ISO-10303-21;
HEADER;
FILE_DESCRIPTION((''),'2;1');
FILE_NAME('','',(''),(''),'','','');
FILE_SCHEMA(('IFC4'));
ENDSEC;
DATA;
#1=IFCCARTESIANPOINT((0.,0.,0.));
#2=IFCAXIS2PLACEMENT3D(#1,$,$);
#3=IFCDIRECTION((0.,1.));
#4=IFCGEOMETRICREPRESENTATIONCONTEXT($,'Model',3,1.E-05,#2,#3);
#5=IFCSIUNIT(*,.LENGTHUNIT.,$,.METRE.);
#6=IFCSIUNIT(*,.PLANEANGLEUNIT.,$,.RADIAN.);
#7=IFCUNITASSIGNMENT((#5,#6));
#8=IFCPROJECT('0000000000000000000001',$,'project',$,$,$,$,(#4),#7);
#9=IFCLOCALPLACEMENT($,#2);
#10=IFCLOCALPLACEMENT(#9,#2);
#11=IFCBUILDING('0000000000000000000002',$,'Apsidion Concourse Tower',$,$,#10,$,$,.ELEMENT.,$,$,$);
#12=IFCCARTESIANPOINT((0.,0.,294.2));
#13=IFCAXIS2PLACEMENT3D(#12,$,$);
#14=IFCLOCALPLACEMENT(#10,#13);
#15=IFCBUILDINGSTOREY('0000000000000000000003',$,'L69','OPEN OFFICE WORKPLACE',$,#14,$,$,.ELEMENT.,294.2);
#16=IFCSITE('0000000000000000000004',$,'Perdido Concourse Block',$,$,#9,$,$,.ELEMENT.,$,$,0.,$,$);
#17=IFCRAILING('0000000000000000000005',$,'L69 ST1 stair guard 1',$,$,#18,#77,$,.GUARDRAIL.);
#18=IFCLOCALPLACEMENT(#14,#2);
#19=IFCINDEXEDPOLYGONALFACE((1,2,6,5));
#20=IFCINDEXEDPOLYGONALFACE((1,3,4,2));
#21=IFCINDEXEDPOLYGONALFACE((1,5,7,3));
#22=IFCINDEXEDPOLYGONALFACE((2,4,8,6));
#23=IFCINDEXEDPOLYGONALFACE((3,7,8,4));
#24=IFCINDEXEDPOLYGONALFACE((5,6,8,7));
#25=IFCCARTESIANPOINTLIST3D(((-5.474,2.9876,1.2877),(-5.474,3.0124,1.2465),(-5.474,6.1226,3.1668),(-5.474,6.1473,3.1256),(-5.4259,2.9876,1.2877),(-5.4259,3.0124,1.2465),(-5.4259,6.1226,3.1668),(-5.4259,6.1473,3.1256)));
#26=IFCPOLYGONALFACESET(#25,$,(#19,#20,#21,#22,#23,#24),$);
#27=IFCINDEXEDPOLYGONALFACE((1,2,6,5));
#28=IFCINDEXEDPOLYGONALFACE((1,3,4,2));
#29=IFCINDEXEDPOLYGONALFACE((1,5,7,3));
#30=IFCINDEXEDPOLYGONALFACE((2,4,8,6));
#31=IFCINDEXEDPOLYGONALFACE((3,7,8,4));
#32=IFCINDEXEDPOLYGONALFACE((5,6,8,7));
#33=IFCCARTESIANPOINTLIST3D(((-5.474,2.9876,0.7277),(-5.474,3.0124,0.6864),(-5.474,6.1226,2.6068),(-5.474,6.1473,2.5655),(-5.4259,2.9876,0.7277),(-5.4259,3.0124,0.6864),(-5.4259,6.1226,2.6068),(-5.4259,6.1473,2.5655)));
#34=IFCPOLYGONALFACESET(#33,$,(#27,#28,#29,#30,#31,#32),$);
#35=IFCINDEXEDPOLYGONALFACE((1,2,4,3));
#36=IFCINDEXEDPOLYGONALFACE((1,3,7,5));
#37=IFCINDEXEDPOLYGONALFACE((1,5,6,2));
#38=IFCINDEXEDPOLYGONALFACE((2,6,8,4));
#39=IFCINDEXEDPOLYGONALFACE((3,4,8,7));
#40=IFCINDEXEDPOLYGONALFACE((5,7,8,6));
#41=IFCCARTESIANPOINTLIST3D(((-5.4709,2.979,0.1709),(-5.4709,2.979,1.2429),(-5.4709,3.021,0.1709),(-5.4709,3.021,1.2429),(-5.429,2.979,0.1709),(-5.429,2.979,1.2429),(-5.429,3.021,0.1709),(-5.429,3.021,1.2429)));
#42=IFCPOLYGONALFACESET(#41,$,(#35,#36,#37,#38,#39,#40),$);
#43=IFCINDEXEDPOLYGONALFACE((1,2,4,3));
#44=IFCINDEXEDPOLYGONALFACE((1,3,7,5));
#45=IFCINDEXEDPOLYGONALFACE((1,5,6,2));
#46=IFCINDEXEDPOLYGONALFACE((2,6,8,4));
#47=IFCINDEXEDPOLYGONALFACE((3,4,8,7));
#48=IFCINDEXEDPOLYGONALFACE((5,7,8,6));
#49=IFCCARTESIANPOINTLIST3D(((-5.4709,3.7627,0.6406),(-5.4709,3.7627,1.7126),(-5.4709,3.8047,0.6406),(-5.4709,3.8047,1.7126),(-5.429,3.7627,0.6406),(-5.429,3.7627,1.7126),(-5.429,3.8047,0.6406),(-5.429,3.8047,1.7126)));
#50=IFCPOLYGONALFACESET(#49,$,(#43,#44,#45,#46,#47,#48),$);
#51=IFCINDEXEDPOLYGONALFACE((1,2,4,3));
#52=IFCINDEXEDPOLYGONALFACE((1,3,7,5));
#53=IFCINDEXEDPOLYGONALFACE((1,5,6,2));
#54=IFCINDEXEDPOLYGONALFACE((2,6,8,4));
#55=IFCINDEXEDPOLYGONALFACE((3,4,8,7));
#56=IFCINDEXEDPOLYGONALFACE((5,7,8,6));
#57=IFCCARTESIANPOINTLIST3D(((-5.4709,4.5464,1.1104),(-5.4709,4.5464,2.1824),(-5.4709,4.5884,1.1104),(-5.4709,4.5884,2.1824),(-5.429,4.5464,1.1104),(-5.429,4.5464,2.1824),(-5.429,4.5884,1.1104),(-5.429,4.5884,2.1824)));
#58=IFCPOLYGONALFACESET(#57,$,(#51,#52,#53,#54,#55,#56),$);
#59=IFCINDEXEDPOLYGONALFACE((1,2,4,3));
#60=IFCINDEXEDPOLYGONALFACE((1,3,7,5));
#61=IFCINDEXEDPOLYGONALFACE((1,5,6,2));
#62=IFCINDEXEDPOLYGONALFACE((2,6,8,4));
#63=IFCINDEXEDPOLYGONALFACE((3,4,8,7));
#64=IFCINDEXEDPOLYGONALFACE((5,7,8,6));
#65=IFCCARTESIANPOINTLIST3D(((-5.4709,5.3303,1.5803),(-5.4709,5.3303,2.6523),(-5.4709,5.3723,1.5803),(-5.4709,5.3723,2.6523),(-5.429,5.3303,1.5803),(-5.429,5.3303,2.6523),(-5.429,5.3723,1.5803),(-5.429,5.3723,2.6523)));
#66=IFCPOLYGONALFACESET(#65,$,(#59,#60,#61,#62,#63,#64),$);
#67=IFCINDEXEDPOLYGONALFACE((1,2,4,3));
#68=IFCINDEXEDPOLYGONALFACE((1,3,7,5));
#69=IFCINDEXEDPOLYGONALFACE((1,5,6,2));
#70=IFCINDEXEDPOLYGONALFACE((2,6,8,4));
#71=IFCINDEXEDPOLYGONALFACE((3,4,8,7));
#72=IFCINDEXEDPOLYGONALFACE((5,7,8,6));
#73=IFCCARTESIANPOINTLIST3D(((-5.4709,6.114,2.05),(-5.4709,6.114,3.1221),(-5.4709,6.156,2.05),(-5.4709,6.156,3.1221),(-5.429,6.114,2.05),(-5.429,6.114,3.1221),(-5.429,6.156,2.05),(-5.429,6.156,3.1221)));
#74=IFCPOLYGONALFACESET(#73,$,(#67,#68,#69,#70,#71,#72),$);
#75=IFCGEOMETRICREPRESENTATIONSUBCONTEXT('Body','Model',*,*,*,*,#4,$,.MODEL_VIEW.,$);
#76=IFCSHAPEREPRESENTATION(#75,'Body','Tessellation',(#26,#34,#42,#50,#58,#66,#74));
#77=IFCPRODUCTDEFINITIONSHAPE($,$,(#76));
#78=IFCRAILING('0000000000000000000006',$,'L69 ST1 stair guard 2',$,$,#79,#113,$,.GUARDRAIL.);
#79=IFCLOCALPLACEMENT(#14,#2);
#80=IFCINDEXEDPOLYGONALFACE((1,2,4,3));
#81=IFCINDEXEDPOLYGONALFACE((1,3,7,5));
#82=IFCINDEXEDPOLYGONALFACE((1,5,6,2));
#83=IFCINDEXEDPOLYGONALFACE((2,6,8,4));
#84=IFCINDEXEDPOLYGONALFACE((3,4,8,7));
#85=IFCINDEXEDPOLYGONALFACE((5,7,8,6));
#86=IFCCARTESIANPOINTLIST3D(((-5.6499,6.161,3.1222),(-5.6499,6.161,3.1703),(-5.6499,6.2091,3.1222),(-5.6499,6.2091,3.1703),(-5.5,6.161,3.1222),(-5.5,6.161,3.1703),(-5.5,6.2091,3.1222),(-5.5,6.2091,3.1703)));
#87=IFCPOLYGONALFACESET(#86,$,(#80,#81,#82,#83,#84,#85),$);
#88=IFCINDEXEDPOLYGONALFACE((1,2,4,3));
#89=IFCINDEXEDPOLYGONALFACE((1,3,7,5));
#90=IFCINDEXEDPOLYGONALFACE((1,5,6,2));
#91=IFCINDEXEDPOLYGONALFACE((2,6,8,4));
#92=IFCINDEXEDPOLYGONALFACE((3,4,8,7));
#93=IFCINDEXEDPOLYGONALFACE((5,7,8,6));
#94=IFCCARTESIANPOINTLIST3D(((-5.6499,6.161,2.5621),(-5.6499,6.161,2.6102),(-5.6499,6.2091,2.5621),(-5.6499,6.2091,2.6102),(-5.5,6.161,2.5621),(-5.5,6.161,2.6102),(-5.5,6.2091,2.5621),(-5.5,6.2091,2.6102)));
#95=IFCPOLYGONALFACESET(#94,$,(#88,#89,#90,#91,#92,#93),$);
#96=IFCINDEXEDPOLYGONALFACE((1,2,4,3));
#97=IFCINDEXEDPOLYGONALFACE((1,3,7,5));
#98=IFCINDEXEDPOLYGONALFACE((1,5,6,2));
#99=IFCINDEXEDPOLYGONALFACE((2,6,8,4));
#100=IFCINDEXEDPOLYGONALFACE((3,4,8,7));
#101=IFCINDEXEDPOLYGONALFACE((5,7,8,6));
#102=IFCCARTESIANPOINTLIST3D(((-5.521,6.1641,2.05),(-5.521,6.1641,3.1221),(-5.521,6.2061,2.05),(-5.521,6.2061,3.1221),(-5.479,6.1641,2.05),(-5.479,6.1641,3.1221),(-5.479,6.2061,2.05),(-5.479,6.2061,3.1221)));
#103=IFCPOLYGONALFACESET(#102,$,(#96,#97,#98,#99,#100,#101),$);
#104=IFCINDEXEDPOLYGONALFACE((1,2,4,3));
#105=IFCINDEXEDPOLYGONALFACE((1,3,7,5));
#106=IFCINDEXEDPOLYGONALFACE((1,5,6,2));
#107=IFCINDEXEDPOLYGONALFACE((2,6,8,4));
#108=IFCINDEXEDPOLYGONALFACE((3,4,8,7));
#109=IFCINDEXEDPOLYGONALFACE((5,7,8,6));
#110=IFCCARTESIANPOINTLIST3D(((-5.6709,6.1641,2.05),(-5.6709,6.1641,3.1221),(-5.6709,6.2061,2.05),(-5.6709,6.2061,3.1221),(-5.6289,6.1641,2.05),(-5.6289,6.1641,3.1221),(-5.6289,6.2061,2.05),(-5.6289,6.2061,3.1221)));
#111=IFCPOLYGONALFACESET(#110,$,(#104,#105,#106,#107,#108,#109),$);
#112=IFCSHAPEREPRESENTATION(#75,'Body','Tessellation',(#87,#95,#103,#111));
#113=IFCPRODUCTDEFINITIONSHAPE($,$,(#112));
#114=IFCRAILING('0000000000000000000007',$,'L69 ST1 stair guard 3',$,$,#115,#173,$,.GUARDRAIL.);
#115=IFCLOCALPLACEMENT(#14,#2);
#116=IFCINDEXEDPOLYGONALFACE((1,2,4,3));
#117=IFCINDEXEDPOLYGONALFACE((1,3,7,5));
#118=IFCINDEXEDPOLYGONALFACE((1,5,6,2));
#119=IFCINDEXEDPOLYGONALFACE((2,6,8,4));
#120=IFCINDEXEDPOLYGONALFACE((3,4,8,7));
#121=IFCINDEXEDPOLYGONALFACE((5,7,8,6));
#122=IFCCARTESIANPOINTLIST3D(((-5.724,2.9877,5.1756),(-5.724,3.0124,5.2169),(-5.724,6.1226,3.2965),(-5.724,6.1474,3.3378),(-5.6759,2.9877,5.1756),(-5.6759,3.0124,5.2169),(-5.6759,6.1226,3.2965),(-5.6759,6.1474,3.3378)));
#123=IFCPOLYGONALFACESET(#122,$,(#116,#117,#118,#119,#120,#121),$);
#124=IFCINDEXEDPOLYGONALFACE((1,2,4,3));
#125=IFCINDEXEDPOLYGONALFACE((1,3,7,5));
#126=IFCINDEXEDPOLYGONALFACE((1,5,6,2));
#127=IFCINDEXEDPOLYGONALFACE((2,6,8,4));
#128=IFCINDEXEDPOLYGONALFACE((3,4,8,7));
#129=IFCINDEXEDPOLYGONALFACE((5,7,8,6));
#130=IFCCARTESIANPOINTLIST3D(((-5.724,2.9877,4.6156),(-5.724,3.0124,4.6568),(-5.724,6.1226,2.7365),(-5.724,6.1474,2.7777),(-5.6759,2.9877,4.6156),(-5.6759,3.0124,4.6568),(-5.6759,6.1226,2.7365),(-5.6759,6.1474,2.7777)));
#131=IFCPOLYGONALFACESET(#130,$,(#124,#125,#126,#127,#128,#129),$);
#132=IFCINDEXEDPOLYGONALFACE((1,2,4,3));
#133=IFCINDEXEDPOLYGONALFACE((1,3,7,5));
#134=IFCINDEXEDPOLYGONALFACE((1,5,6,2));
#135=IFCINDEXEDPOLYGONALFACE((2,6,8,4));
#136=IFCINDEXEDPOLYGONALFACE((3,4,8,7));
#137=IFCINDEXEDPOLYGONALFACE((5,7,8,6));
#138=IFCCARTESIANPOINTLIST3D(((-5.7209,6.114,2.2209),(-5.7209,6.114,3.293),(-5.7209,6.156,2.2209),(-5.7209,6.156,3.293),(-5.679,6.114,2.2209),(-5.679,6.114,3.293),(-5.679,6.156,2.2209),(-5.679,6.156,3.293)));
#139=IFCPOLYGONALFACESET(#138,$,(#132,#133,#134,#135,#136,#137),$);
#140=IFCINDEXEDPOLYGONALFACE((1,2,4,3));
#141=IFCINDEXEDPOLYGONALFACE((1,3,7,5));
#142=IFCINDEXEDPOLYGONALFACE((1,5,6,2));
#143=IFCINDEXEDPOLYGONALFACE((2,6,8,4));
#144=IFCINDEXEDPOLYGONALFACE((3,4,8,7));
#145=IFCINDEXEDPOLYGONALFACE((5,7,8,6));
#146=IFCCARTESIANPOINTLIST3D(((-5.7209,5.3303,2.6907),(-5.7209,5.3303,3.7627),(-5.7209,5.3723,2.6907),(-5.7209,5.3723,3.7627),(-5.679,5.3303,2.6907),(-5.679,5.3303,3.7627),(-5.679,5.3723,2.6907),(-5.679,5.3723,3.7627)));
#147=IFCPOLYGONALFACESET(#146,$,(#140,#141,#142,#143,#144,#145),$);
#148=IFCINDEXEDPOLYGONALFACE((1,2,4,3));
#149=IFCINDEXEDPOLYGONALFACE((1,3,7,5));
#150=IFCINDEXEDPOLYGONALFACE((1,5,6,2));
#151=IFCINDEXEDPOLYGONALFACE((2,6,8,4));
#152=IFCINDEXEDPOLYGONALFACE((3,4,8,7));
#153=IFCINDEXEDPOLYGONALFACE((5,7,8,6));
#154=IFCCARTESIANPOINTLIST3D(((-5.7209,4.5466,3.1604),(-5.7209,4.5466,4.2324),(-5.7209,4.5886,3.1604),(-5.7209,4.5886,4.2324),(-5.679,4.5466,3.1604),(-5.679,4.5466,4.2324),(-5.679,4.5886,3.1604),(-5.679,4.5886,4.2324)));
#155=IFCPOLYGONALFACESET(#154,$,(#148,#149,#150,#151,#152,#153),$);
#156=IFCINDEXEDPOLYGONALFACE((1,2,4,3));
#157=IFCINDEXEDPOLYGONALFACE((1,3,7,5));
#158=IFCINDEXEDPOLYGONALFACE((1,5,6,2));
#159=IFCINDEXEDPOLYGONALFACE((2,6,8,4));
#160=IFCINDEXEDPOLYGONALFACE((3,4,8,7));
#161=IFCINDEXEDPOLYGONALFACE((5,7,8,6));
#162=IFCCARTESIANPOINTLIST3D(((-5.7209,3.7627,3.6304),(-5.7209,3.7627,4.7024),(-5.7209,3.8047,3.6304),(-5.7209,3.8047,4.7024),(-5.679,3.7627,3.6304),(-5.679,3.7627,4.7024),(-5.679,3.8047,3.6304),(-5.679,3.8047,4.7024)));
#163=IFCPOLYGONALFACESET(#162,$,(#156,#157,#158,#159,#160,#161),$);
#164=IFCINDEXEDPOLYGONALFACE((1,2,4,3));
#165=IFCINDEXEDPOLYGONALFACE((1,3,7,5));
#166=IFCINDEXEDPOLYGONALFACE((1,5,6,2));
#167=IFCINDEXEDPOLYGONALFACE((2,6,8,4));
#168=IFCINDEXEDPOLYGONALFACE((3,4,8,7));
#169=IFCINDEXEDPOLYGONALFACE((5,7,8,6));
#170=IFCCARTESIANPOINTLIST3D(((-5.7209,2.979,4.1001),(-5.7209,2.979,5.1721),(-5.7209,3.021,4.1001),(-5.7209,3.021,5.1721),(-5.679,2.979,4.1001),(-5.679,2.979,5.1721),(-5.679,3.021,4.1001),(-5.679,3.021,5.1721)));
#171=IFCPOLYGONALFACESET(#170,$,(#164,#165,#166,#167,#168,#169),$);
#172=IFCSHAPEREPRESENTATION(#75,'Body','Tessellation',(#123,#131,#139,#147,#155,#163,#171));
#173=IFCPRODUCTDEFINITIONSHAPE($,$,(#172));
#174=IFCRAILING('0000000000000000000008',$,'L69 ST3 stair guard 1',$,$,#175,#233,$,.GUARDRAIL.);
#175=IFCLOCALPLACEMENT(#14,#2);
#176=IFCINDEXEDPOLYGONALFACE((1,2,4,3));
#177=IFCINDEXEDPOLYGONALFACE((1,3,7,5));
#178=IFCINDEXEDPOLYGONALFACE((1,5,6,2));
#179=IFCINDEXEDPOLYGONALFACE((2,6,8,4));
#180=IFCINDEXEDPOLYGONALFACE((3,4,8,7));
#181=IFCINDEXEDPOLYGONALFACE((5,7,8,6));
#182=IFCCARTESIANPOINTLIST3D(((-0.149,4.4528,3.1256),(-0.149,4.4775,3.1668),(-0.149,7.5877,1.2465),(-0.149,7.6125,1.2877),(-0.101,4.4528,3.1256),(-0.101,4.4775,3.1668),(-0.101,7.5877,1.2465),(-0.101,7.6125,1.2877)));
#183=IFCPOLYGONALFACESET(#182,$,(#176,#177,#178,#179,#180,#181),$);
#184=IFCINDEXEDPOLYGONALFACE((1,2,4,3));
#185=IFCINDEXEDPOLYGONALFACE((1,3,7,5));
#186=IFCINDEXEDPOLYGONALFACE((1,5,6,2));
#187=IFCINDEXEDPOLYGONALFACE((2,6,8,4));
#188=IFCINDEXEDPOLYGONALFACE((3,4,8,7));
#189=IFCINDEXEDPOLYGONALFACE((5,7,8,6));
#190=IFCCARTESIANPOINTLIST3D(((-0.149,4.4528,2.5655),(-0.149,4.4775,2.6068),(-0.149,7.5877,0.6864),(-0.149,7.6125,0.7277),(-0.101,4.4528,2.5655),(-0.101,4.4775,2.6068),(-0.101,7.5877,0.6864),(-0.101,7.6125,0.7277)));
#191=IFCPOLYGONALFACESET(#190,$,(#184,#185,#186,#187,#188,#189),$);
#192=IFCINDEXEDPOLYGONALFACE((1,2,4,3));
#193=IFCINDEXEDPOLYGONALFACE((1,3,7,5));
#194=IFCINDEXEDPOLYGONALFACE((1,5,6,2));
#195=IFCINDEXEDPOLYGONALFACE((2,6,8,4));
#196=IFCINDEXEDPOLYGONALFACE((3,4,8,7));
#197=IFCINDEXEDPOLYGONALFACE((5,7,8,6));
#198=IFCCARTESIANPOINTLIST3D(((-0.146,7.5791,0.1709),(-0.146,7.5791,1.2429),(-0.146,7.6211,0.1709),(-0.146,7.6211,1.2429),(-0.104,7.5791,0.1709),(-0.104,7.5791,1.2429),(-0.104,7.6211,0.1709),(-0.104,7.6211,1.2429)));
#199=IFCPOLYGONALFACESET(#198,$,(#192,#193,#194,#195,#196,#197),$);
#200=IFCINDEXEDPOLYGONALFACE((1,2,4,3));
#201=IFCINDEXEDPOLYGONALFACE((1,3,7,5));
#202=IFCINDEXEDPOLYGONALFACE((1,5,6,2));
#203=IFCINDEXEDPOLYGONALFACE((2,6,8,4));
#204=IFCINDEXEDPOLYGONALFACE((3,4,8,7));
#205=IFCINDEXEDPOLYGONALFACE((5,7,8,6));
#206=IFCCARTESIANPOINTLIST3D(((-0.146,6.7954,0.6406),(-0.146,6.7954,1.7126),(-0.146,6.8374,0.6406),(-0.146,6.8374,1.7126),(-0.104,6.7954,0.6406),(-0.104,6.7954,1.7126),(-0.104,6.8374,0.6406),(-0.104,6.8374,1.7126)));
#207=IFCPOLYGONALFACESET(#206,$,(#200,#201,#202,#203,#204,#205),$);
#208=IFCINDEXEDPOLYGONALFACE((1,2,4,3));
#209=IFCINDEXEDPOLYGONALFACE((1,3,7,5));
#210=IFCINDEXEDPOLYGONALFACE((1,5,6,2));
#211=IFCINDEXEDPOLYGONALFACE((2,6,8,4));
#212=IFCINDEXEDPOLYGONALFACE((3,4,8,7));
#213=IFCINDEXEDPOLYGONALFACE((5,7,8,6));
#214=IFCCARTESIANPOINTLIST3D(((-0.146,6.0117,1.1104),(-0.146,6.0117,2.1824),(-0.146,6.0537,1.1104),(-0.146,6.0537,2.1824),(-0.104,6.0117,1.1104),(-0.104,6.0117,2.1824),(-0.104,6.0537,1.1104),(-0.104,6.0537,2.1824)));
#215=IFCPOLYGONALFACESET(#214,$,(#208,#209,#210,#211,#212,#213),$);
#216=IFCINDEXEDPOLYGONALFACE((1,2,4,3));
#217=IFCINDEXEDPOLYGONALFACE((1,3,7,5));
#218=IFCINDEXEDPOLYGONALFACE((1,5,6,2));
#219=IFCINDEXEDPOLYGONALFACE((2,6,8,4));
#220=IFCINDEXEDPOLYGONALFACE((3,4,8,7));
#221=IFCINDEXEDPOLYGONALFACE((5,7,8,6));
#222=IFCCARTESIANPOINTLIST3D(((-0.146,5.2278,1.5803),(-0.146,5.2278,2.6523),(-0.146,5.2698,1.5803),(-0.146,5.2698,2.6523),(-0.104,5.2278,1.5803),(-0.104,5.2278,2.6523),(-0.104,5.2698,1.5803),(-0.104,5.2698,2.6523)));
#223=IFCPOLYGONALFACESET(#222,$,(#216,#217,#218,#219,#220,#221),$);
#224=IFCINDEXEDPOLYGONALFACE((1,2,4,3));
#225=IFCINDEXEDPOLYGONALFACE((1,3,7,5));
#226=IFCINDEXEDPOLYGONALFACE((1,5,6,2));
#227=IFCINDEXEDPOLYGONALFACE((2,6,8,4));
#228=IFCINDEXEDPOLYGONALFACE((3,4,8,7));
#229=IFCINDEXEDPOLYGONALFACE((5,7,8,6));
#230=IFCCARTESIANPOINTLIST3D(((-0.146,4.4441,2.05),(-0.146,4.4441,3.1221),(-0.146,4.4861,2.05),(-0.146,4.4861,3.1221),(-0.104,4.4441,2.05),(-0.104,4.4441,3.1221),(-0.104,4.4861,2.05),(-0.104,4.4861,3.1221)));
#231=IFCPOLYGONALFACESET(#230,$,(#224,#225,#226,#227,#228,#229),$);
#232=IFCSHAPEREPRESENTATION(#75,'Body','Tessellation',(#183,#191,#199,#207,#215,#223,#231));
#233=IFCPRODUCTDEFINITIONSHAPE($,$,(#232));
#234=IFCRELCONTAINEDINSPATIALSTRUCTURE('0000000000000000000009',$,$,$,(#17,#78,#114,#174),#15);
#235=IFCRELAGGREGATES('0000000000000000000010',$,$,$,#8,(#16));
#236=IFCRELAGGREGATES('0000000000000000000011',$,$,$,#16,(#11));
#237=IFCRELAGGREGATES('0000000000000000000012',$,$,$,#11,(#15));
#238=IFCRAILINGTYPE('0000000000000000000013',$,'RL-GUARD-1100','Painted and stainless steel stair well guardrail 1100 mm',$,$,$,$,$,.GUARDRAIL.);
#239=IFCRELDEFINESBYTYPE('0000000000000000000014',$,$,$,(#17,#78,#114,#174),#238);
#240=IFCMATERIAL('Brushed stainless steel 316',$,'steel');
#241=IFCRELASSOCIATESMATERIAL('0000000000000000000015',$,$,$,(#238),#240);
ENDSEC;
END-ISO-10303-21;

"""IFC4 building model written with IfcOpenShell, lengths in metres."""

from ifc_helpers import new_model, si_unit, direction, frame, origin, origin_2d, place, context, subcontext, project, spatial, rectangle, extrude, material, type_object, element, save


model = new_model("IFC4")

# Units and contexts
model_context = context("Model", 3, precision=1e-05, world=origin(), true_north=direction((0.0, 1.0)))
body_context = subcontext(model_context, "Body", "Model", "MODEL_VIEW")
ifc_project = project(units=[si_unit("LENGTHUNIT", "METRE"), si_unit("PLANEANGLEUNIT", "RADIAN")], contexts=[model_context])

# Site, building, storey
site_placement = place(None, origin())
site = spatial("IfcSite", under=ifc_project, at=site_placement, Name="Perdido Concourse Block", CompositionType="ELEMENT", RefElevation=0.0)
building_placement = place(site_placement, origin())
building = spatial("IfcBuilding", under=site, at=building_placement, Name="Apsidion Concourse Tower", CompositionType="ELEMENT")
storey_placement = place(building_placement, frame((0.0, 0.0, 294.2)))
storey = spatial("IfcBuildingStorey", under=building, at=storey_placement, Name="L69", Description="OPEN OFFICE WORKPLACE", CompositionType="ELEMENT", Elevation=294.2)

# Shared definitions
ifc_material_1 = material(Name="Brushed stainless steel 316", Category="steel")

# Railings
railing_type_1 = type_object("IfcRailingType", Name="RL-GUARD-1100", Description="Painted and stainless steel stair well guardrail 1100 mm", PredefinedType="GUARDRAIL", material=ifc_material_1)
railing_1_placement = place(storey_placement, frame((-5.45, 3.0, 0.1709)))
element("IfcRailing", 1, at=railing_1_placement, inside=storey, type_object=railing_type_1, Name="L69 ST1 stair guard 1", PredefinedType="GUARDRAIL", context=body_context, shape_type="SweptSolid", body=[
    extrude(rectangle(XDim=0.0481, YDim=0.0481, at=origin_2d()), frame((0.0, 0.0, 1.0962), z_axis=(0.0, 0.857717, 0.514122), x_axis=(-1.0, 0.0, 0.0)), (0.0, 0.0, 1.0), 3.655),
    extrude(rectangle(XDim=0.0481, YDim=0.0481, at=origin_2d()), frame((0.0, 0.0, 0.5361), z_axis=(0.0, 0.857717, 0.514122), x_axis=(-1.0, 0.0, 0.0)), (0.0, 0.0, 1.0), 3.655),
    extrude(rectangle(XDim=0.042, YDim=0.042, at=origin_2d()), origin(), (0.0, 0.0, 1.0), 1.072),
    extrude(rectangle(XDim=0.042, YDim=0.042, at=origin_2d()), frame((0.0, 0.7837, 0.4697)), (0.0, 0.0, 1.0), 1.072),
    extrude(rectangle(XDim=0.042, YDim=0.042, at=origin_2d()), frame((0.0, 1.5674, 0.9395)), (0.0, 0.0, 1.0), 1.072),
    extrude(rectangle(XDim=0.042, YDim=0.042, at=origin_2d()), frame((0.0, 2.3513, 1.4094)), (0.0, 0.0, 1.0), 1.072),
    extrude(rectangle(XDim=0.042, YDim=0.042, at=origin_2d()), frame((0.0, 3.135, 1.8792)), (0.0, 0.0, 1.0), 1.072),
])
railing_2_placement = place(storey_placement, frame((-5.5, 6.1851, 2.05)))
element("IfcRailing", 2, at=railing_2_placement, inside=storey, type_object=railing_type_1, Name="L69 ST1 stair guard 2", PredefinedType="GUARDRAIL", context=body_context, shape_type="SweptSolid", body=[
    extrude(rectangle(XDim=0.0481, YDim=0.0481, at=origin_2d()), frame((0.0, 0.0, 1.0962), z_axis=(-1.0, 0.0, 0.0), x_axis=(0.0, -1.0, 0.0)), (0.0, 0.0, 1.0), 0.1499),
    extrude(rectangle(XDim=0.0481, YDim=0.0481, at=origin_2d()), frame((0.0, 0.0, 0.5361), z_axis=(-1.0, 0.0, 0.0), x_axis=(0.0, -1.0, 0.0)), (0.0, 0.0, 1.0), 0.1499),
    extrude(rectangle(XDim=0.042, YDim=0.042, at=origin_2d()), origin(), (0.0, 0.0, 1.0), 1.072),
    extrude(rectangle(XDim=0.042, YDim=0.042, at=origin_2d()), frame((-0.1499, 0.0, 0.0)), (0.0, 0.0, 1.0), 1.072),
])
for number, where, name in (
    (3, (-5.7, 6.135, 2.2209), "L69 ST1 stair guard 3"),
    (4, (-0.125, 7.6001, 0.1709), "L69 ST3 stair guard 1"),
):
    element("IfcRailing", number, at=place(storey_placement, frame(where)), inside=storey, type_object=railing_type_1, Name=name, PredefinedType="GUARDRAIL", context=body_context, shape_type="SweptSolid", body=[
        extrude(rectangle(XDim=0.0481, YDim=0.0481, at=origin_2d()), frame((0.0, 0.0, 1.0962), z_axis=(0.0, -0.857717, 0.514122), x_axis=(1.0, 0.0, 0.0)), (0.0, 0.0, 1.0), 3.655),
        extrude(rectangle(XDim=0.0481, YDim=0.0481, at=origin_2d()), frame((0.0, 0.0, 0.5361), z_axis=(0.0, -0.857717, 0.514122), x_axis=(1.0, 0.0, 0.0)), (0.0, 0.0, 1.0), 3.655),
        extrude(rectangle(XDim=0.042, YDim=0.042, at=origin_2d()), origin(), (0.0, 0.0, 1.0), 1.072),
        extrude(rectangle(XDim=0.042, YDim=0.042, at=origin_2d()), frame((0.0, -0.7837, 0.4697)), (0.0, 0.0, 1.0), 1.072),
        extrude(rectangle(XDim=0.042, YDim=0.042, at=origin_2d()), frame((0.0, -1.5674, 0.9395)), (0.0, 0.0, 1.0), 1.072),
        extrude(rectangle(XDim=0.042, YDim=0.042, at=origin_2d()), frame((0.0, -2.3513, 1.4094)), (0.0, 0.0, 1.0), 1.072),
        extrude(rectangle(XDim=0.042, YDim=0.042, at=origin_2d()), frame((0.0, -3.135, 1.8792)), (0.0, 0.0, 1.0), 1.072),
    ])

save(model, "model.ifc")
